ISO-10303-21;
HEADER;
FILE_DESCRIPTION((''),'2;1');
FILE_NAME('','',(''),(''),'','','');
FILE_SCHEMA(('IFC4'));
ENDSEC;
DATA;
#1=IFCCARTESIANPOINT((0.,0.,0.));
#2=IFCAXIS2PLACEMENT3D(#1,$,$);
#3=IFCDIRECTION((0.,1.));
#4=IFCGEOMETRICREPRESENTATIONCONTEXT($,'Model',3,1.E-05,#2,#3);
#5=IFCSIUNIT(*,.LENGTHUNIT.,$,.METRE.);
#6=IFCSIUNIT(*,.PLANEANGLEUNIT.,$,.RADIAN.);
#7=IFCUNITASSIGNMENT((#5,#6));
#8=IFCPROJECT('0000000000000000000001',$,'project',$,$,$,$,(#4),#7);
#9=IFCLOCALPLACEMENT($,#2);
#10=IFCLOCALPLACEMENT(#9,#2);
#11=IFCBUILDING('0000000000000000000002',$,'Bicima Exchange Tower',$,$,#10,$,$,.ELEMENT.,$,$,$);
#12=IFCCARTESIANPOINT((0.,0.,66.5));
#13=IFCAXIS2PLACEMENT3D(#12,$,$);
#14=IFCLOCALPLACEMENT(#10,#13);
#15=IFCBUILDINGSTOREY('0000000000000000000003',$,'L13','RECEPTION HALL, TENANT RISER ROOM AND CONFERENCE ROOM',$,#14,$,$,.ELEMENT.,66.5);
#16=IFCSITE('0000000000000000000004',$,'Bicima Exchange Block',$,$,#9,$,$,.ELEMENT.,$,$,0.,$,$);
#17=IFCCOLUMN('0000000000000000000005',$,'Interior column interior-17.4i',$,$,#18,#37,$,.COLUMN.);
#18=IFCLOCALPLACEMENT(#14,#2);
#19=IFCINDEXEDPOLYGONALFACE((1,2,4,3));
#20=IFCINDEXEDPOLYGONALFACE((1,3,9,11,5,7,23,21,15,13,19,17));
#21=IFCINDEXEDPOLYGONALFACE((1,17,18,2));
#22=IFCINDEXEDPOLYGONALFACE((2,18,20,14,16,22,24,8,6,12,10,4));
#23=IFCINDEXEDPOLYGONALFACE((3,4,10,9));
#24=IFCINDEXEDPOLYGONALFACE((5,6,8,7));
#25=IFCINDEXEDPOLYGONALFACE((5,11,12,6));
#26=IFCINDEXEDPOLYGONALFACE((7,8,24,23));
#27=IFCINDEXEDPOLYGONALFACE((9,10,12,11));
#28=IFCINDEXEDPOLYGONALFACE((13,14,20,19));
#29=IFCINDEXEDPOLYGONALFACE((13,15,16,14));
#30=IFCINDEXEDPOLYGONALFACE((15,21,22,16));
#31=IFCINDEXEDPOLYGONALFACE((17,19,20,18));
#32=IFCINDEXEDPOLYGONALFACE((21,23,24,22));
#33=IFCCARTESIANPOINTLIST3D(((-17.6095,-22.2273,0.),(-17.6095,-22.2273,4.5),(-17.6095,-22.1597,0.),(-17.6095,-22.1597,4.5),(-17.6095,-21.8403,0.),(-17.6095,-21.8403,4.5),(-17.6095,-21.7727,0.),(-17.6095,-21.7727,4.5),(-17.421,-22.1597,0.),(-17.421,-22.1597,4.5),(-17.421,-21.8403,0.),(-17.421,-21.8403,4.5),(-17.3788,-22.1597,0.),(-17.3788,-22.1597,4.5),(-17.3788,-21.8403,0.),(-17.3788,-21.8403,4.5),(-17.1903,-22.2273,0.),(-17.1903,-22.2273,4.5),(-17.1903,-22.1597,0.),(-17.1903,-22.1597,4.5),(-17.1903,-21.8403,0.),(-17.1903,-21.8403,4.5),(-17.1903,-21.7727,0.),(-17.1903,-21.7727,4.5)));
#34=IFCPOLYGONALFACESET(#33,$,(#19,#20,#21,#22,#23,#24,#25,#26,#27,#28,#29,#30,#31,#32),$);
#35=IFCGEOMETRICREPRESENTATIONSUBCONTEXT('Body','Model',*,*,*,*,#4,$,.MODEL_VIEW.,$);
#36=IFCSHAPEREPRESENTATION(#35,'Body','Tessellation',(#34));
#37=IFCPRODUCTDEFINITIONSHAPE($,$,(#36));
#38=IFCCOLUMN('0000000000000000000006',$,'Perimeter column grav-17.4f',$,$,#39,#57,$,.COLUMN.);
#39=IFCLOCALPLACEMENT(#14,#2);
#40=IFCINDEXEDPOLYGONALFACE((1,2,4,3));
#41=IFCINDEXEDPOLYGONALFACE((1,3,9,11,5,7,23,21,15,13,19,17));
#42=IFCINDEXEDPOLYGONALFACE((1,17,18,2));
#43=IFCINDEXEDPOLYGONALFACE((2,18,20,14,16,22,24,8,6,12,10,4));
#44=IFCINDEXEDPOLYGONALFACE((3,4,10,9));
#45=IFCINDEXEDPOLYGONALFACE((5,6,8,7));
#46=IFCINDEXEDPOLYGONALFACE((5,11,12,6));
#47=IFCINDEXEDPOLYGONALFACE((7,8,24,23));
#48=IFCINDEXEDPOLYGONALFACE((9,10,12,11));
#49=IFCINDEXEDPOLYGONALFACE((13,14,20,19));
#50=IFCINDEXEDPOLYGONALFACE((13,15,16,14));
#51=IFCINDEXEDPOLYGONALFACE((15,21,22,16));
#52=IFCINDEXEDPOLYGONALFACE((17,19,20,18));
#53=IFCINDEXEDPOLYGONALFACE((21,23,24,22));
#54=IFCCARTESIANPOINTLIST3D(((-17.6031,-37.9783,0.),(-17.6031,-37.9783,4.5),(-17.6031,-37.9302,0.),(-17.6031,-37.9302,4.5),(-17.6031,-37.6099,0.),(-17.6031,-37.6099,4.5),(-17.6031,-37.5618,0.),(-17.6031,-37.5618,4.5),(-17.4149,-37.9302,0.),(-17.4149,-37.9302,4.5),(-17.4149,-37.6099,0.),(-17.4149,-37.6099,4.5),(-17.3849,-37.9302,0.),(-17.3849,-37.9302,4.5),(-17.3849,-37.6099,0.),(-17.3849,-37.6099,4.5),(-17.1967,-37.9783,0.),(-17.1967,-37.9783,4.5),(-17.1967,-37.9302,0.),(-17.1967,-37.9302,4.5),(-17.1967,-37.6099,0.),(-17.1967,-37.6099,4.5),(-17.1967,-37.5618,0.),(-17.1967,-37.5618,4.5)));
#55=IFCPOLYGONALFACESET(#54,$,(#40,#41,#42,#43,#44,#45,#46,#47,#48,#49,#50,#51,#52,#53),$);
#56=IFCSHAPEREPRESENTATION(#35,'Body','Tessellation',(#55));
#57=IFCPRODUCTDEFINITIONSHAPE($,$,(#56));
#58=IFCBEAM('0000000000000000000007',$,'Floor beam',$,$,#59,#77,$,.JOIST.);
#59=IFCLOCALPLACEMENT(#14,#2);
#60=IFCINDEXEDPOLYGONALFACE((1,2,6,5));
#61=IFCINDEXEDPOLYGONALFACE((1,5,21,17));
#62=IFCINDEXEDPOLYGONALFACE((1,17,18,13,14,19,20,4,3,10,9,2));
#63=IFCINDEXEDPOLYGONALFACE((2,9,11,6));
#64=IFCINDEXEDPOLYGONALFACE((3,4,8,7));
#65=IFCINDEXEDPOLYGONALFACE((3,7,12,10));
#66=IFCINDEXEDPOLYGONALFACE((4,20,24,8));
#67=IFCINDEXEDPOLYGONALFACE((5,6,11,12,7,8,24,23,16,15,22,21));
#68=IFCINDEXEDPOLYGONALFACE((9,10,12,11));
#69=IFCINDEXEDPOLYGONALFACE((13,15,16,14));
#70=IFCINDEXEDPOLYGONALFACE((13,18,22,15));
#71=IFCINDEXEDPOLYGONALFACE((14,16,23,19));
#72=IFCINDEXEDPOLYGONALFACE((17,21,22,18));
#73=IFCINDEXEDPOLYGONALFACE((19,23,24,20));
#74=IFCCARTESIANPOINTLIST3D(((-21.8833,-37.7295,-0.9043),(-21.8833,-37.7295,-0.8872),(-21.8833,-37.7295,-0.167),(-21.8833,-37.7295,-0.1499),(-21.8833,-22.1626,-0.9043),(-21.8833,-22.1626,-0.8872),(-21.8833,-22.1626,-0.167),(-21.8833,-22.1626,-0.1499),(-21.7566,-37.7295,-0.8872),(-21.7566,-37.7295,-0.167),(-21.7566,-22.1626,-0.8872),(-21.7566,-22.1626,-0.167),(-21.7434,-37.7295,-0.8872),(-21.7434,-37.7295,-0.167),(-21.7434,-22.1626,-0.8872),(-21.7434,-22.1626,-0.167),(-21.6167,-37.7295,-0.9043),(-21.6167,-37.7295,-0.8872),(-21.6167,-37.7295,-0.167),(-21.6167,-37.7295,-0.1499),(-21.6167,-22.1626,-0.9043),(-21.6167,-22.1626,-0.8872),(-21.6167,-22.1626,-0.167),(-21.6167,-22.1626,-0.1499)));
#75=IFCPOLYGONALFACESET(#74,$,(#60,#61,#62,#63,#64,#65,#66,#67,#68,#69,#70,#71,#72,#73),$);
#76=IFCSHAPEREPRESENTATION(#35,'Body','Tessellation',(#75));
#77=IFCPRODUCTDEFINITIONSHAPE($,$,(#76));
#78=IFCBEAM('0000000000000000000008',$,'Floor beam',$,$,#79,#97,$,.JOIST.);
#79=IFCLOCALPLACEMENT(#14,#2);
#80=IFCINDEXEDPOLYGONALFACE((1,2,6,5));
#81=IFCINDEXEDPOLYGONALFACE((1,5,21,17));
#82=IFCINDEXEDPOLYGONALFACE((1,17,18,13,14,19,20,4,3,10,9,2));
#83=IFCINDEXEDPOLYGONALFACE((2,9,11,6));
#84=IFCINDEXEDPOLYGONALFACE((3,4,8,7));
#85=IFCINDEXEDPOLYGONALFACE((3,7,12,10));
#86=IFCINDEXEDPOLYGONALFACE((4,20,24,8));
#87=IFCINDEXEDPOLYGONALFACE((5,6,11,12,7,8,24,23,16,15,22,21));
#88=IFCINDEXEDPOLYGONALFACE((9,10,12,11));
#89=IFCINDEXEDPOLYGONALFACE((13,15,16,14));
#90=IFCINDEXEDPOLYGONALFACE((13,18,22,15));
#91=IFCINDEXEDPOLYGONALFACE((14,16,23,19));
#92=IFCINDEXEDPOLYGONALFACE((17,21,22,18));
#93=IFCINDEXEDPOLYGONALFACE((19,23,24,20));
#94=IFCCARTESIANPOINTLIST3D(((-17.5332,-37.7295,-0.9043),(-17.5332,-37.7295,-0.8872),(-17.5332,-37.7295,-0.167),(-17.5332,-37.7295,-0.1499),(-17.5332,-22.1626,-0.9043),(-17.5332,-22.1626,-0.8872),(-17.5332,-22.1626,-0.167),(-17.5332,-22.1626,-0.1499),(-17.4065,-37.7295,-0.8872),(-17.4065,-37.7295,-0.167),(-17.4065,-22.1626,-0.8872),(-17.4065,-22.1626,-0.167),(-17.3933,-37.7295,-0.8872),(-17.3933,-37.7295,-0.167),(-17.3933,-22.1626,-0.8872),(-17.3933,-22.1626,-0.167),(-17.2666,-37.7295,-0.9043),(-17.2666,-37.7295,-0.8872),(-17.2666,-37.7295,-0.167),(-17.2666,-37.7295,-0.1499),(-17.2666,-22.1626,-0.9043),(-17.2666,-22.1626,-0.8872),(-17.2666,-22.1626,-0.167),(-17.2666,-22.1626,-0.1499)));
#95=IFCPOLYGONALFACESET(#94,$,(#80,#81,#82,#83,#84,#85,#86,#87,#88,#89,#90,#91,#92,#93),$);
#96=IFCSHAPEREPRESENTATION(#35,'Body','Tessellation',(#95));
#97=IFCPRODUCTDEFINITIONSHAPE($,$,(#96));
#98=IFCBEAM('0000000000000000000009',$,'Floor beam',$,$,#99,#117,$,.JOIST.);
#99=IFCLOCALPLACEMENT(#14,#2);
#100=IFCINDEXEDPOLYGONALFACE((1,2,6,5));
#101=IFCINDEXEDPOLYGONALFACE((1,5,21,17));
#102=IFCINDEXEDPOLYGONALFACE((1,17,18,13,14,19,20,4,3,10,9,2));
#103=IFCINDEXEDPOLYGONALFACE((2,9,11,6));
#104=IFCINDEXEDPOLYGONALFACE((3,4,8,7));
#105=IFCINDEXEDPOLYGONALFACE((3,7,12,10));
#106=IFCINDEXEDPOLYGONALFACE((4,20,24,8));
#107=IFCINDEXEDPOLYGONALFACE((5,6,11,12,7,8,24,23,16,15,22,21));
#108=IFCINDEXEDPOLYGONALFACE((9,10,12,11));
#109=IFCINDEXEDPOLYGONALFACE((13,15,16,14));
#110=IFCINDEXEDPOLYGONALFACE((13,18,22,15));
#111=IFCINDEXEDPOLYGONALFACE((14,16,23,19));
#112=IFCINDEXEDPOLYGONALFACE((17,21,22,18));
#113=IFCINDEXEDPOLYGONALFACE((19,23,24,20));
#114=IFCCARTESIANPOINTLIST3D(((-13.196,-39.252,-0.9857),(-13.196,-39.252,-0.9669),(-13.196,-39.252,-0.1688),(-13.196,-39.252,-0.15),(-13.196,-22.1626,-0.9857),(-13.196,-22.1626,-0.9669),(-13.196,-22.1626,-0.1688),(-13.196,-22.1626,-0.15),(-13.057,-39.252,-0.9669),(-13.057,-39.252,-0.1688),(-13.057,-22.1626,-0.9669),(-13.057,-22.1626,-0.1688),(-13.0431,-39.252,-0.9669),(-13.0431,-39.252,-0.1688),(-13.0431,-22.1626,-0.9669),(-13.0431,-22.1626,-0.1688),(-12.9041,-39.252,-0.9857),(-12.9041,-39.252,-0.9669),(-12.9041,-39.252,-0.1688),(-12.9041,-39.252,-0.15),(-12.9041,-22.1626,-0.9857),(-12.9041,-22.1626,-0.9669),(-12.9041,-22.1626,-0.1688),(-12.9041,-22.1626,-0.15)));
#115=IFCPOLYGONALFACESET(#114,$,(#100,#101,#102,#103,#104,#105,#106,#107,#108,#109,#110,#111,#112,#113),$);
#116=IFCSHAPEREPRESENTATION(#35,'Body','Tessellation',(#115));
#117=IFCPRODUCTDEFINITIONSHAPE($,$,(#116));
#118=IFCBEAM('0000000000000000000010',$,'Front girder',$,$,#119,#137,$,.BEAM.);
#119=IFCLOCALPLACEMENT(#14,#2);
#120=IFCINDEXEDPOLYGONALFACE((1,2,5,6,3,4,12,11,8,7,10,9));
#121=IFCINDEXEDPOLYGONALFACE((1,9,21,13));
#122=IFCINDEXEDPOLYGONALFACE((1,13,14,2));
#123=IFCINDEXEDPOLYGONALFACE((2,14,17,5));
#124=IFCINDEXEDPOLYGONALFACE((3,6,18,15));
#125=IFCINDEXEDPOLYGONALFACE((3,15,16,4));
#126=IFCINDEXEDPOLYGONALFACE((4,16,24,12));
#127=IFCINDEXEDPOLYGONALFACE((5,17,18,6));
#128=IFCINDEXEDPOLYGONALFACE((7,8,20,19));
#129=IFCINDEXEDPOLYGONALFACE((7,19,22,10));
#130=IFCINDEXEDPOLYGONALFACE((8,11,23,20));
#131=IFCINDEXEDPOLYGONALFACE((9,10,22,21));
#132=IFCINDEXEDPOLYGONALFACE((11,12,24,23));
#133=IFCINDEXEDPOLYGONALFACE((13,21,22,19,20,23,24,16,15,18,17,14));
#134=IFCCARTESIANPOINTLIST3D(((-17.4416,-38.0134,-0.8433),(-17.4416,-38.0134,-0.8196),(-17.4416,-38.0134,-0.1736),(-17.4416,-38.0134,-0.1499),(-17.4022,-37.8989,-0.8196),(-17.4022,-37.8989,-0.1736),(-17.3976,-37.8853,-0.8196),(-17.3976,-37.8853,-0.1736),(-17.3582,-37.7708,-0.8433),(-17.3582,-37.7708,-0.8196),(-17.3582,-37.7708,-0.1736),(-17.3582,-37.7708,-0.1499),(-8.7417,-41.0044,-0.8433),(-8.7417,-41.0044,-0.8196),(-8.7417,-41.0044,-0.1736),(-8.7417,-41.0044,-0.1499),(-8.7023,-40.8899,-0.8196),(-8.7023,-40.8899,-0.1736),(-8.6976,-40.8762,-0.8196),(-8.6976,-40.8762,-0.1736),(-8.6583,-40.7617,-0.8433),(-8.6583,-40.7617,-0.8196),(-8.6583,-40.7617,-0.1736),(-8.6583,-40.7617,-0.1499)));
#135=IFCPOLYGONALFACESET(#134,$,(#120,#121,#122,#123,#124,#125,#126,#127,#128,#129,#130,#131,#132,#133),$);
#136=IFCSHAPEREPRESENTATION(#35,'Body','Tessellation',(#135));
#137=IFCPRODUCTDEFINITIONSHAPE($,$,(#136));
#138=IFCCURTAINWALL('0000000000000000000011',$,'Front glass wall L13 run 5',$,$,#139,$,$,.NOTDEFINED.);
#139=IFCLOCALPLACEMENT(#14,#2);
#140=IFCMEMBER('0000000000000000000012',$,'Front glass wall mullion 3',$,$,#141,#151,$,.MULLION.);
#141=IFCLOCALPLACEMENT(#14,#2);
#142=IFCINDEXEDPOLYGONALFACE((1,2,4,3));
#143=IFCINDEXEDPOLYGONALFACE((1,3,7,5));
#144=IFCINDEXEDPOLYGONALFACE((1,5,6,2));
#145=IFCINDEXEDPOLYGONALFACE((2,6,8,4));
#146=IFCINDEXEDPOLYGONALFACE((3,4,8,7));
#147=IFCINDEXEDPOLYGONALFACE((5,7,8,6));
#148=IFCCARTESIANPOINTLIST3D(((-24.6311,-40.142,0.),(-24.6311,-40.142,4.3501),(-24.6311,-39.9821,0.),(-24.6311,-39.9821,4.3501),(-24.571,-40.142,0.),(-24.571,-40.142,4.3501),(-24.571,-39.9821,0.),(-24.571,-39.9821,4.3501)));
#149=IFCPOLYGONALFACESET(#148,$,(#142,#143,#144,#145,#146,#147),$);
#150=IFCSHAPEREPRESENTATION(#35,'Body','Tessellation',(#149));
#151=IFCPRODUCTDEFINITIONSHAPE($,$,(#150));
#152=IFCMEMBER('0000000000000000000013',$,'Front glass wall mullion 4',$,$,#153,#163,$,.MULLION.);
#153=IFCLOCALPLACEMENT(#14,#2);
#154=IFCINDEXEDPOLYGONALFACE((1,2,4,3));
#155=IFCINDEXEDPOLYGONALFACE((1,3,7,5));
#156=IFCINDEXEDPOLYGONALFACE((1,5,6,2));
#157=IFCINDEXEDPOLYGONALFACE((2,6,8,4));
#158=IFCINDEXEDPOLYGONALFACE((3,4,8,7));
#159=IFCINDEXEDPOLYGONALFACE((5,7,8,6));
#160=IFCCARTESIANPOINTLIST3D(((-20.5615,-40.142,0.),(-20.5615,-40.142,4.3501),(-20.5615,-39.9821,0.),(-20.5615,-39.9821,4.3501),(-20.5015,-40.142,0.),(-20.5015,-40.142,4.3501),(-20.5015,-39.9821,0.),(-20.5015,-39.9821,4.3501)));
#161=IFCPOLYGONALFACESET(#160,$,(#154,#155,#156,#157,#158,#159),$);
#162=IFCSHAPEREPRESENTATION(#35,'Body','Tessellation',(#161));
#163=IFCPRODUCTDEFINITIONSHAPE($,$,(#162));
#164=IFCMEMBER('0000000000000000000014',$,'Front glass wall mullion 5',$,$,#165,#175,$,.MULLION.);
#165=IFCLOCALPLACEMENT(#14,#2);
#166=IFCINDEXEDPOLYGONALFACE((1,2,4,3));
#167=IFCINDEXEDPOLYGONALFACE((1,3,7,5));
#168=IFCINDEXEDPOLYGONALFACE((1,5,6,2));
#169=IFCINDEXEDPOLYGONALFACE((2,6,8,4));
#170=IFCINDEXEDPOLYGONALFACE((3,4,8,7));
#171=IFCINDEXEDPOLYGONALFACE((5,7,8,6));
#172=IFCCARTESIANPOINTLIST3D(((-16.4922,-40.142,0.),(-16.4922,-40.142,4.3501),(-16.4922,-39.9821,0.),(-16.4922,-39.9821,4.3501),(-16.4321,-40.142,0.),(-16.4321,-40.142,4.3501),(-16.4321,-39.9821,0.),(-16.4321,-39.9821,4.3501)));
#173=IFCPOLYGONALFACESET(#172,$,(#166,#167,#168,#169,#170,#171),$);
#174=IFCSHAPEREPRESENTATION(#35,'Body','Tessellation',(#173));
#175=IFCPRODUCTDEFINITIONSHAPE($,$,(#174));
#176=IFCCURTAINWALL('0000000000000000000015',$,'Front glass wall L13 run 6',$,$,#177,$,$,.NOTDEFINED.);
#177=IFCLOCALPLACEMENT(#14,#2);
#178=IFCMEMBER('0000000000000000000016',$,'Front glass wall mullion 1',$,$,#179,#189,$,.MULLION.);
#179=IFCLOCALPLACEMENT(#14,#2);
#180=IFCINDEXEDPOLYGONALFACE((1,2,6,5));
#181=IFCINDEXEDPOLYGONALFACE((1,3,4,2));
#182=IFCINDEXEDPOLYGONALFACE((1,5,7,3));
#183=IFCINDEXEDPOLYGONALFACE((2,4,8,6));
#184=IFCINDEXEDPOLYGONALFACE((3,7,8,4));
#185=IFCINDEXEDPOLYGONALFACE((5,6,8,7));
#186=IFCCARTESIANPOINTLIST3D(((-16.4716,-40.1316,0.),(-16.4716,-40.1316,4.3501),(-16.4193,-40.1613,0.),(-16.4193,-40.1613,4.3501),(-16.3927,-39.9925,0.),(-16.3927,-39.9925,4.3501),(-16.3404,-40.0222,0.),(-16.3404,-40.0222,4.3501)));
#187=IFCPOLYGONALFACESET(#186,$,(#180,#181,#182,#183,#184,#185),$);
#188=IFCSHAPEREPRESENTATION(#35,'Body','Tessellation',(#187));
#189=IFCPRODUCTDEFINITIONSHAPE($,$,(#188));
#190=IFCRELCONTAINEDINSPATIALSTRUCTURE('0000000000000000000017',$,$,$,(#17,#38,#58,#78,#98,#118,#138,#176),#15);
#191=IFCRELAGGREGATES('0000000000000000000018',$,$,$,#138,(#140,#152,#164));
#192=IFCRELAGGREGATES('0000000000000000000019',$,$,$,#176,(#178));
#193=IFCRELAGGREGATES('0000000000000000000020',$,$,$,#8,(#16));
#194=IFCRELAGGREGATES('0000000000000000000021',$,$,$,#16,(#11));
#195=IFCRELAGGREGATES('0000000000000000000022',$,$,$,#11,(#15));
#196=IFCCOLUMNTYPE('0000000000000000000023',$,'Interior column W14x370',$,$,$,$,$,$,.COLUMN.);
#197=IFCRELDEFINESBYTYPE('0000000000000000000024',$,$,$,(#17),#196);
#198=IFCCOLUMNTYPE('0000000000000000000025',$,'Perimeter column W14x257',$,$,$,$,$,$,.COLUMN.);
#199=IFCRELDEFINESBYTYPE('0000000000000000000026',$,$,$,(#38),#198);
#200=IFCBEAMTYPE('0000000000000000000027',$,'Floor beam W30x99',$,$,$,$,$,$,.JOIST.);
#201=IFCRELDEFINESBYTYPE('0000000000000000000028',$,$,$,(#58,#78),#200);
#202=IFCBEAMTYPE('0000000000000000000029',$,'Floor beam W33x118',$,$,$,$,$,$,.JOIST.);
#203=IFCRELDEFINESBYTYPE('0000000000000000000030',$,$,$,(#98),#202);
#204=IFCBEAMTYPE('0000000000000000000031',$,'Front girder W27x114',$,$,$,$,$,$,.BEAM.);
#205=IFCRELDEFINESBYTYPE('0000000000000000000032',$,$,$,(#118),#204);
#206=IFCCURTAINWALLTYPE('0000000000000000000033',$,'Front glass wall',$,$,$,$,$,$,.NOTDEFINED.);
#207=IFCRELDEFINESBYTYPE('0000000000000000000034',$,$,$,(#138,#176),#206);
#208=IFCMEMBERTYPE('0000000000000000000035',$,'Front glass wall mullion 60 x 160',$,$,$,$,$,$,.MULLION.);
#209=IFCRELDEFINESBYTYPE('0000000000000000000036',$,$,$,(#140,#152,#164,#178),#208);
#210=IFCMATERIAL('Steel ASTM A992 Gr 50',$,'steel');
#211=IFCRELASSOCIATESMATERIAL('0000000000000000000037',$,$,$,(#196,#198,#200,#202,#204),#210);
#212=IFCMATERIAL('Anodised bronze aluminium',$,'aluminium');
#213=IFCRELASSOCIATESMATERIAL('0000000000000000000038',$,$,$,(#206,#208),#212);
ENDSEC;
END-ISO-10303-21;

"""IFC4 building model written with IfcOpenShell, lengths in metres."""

from ifc_helpers import new_model, si_unit, direction, frame, origin, origin_2d, place, context, subcontext, project, spatial, rectangle, i_section, extrude, material, material_profile, profile_set, type_object, element, aggregate, save


model = new_model("IFC4")

# Units and contexts
model_context = context("Model", 3, precision=1e-05, world=origin(), true_north=direction((0.0, 1.0)))
body_context = subcontext(model_context, "Body", "Model", "MODEL_VIEW")
ifc_project = project(units=[si_unit("LENGTHUNIT", "METRE"), si_unit("PLANEANGLEUNIT", "RADIAN")], contexts=[model_context])

# Site, building, storey
site_placement = place(None, origin())
site = spatial("IfcSite", under=ifc_project, at=site_placement, Name="Bicima Exchange Block", CompositionType="ELEMENT", RefElevation=0.0)
building_placement = place(site_placement, origin())
building = spatial("IfcBuilding", under=site, at=building_placement, Name="Bicima Exchange Tower", CompositionType="ELEMENT")
storey_placement = place(building_placement, frame((0.0, 0.0, 66.5)))
storey = spatial("IfcBuildingStorey", under=building, at=storey_placement, Name="L13", Description="RECEPTION HALL, TENANT RISER ROOM AND CONFERENCE ROOM", CompositionType="ELEMENT", Elevation=66.5)

# Columns
ifc_material_1 = material(Name="Steel ASTM A992 Gr 50", Category="steel")
ifc_material_profile_1 = material_profile(ifc_material_1, i_section(OverallWidth=0.4192, OverallDepth=0.4546, WebThickness=0.0422, FlangeThickness=0.0676, at=origin_2d()))
ifc_profile_set_1 = profile_set([ifc_material_profile_1], Name="Steel ASTM A992 Gr 50")
column_type_1 = type_object("IfcColumnType", Name="Interior column W14x370", PredefinedType="COLUMN", material=ifc_profile_set_1)
column_1_placement = place(storey_placement, frame((-17.3999, -22.0, 0.0), z_axis=(0.0, 0.0, 1.0), x_axis=(1.0, 0.0, 0.0)))
element("IfcColumn", 1, at=column_1_placement, inside=storey, type_object=column_type_1, Name="Interior column interior-17.4i", PredefinedType="COLUMN", context=body_context, shape_type="SweptSolid", body=[
    extrude(i_section(OverallWidth=0.4192, OverallDepth=0.4546, WebThickness=0.0422, FlangeThickness=0.0676, at=origin_2d()), origin(), (0.0, 0.0, 1.0), 4.5),
])
ifc_material_profile_2 = material_profile(ifc_material_1, i_section(OverallWidth=0.4065, OverallDepth=0.4165, WebThickness=0.03, FlangeThickness=0.0481, at=origin_2d()))
ifc_profile_set_2 = profile_set([ifc_material_profile_2], Name="Steel ASTM A992 Gr 50")
column_type_2 = type_object("IfcColumnType", Name="Perimeter column W14x257", PredefinedType="COLUMN", material=ifc_profile_set_2)
column_2_placement = place(storey_placement, frame((-17.3999, -37.77, 0.0), z_axis=(0.0, 0.0, 1.0), x_axis=(1.0, 0.0, 0.0)))
element("IfcColumn", 2, at=column_2_placement, inside=storey, type_object=column_type_2, Name="Perimeter column grav-17.4f", PredefinedType="COLUMN", context=body_context, shape_type="SweptSolid", body=[
    extrude(i_section(OverallWidth=0.4065, OverallDepth=0.4165, WebThickness=0.03, FlangeThickness=0.0481, at=origin_2d()), origin(), (0.0, 0.0, 1.0), 4.5),
])

# Beams
ifc_material_profile_3 = material_profile(ifc_material_1, i_section(OverallWidth=0.2666, OverallDepth=0.7544, WebThickness=0.0132, FlangeThickness=0.0171, at=origin_2d()))
ifc_profile_set_3 = profile_set([ifc_material_profile_3], Name="Steel ASTM A992 Gr 50")
beam_type_1 = type_object("IfcBeamType", Name="Floor beam W30x99", PredefinedType="JOIST", material=ifc_profile_set_3)
for number, where, z_axis, x_axis, name in (
    (3, (-21.75, -22.1626, -0.5271), (0.0, -1.0, 0.0), (1.0, 0.0, 0.0), "Floor beam"),
    (4, (-17.3999, -22.1626, -0.5271), (0.0, -1.0, 0.0), (1.0, 0.0, 0.0), "Floor beam"),
):
    element("IfcBeam", number, at=place(storey_placement, frame(where, z_axis=z_axis, x_axis=x_axis)), inside=storey, type_object=beam_type_1, Name=name, PredefinedType="JOIST", context=body_context, shape_type="SweptSolid", body=[
        extrude(i_section(OverallWidth=0.2666, OverallDepth=0.7544, WebThickness=0.0132, FlangeThickness=0.0171, at=origin_2d()), origin(), (0.0, 0.0, 1.0), 15.5669),
    ])
ifc_material_profile_4 = material_profile(ifc_material_1, i_section(OverallWidth=0.292, OverallDepth=0.8357, WebThickness=0.0139, FlangeThickness=0.0188, at=origin_2d()))
ifc_profile_set_4 = profile_set([ifc_material_profile_4], Name="Steel ASTM A992 Gr 50")
beam_type_2 = type_object("IfcBeamType", Name="Floor beam W33x118", PredefinedType="JOIST", material=ifc_profile_set_4)
beam_1_placement = place(storey_placement, frame((-13.05, -22.1626, -0.5679), z_axis=(0.0, -1.0, 0.0), x_axis=(1.0, 0.0, 0.0)))
element("IfcBeam", 5, at=beam_1_placement, inside=storey, type_object=beam_type_2, Name="Floor beam", PredefinedType="JOIST", context=body_context, shape_type="SweptSolid", body=[
    extrude(i_section(OverallWidth=0.292, OverallDepth=0.8357, WebThickness=0.0139, FlangeThickness=0.0188, at=origin_2d()), origin(), (0.0, 0.0, 1.0), 17.0894),
])
ifc_material_profile_5 = material_profile(ifc_material_1, i_section(OverallWidth=0.2566, OverallDepth=0.6934, WebThickness=0.0144, FlangeThickness=0.0237, at=origin_2d()))
ifc_profile_set_5 = profile_set([ifc_material_profile_5], Name="Steel ASTM A992 Gr 50")
beam_type_3 = type_object("IfcBeamType", Name="Front girder W27x114", PredefinedType="BEAM", material=ifc_profile_set_5)
beam_2_placement = place(storey_placement, frame((-17.3999, -37.8921, -0.4966), z_axis=(0.945675, -0.325115, 0.0), x_axis=(0.325115, 0.945675, 0.0)))
element("IfcBeam", 6, at=beam_2_placement, inside=storey, type_object=beam_type_3, Name="Front girder", PredefinedType="BEAM", context=body_context, shape_type="SweptSolid", body=[
    extrude(i_section(OverallWidth=0.2566, OverallDepth=0.6934, WebThickness=0.0144, FlangeThickness=0.0237, at=origin_2d()), origin(), (0.0, 0.0, 1.0), 9.1997),
])

# Curtain walls, members
ifc_material_2 = material(Name="Anodised bronze aluminium", Category="aluminium")
curtain_wall_type = type_object("IfcCurtainWallType", Name="Front glass wall", PredefinedType="NOTDEFINED", material=ifc_material_2)
curtain_wall_1_placement = place(storey_placement, origin())
curtain_wall_1 = element("IfcCurtainWall", 7, at=curtain_wall_1_placement, inside=storey, type_object=curtain_wall_type, Name="Front glass wall L13 run 5", PredefinedType="NOTDEFINED")
ifc_material_profile_6 = material_profile(ifc_material_2, rectangle(XDim=0.1599, YDim=0.0601, at=origin_2d()))
ifc_profile_set_6 = profile_set([ifc_material_profile_6], Name="Anodised bronze aluminium")
member_type_1 = type_object("IfcMemberType", Name="Front glass wall mullion 60 x 160", PredefinedType="MULLION", material=ifc_profile_set_6)
member_1_placement = place(storey_placement, frame((-24.6011, -40.062, 0.0), z_axis=(0.0, 0.0, 1.0), x_axis=(0.0, 1.0, 0.0)))
member_1 = element("IfcMember", 8, at=member_1_placement, type_object=member_type_1, Name="Front glass wall mullion 3", PredefinedType="MULLION", context=body_context, shape_type="SweptSolid", body=[
    extrude(rectangle(XDim=0.1599, YDim=0.0601, at=origin_2d()), origin(), (0.0, 0.0, 1.0), 4.3501),
])
member_2_placement = place(storey_placement, frame((-20.5315, -40.062, 0.0), z_axis=(0.0, 0.0, 1.0), x_axis=(0.0, 1.0, 0.0)))
member_2 = element("IfcMember", 9, at=member_2_placement, type_object=member_type_1, Name="Front glass wall mullion 4", PredefinedType="MULLION", context=body_context, shape_type="SweptSolid", body=[
    extrude(rectangle(XDim=0.1599, YDim=0.0601, at=origin_2d()), origin(), (0.0, 0.0, 1.0), 4.3501),
])
member_3_placement = place(storey_placement, frame((-16.4622, -40.062, 0.0), z_axis=(0.0, 0.0, 1.0), x_axis=(0.0, 1.0, 0.0)))
member_3 = element("IfcMember", 10, at=member_3_placement, type_object=member_type_1, Name="Front glass wall mullion 5", PredefinedType="MULLION", context=body_context, shape_type="SweptSolid", body=[
    extrude(rectangle(XDim=0.1599, YDim=0.0601, at=origin_2d()), origin(), (0.0, 0.0, 1.0), 4.3501),
])
curtain_wall_2_placement = place(storey_placement, origin())
curtain_wall_2 = element("IfcCurtainWall", 11, at=curtain_wall_2_placement, inside=storey, type_object=curtain_wall_type, Name="Front glass wall L13 run 6", PredefinedType="NOTDEFINED")
member_4_placement = place(storey_placement, frame((-16.406, -40.0769, 0.0), z_axis=(0.0, 0.0, 1.0), x_axis=(0.493395, 0.869805, 0.0)))
member_4 = element("IfcMember", 12, at=member_4_placement, type_object=member_type_1, Name="Front glass wall mullion 1", PredefinedType="MULLION", context=body_context, shape_type="SweptSolid", body=[
    extrude(rectangle(XDim=0.1599, YDim=0.0601, at=origin_2d()), origin(), (0.0, 0.0, 1.0), 4.3501),
])

aggregate(curtain_wall_1, [member_1, member_2, member_3])
aggregate(curtain_wall_2, [member_4])

save(model, "model.ifc")
